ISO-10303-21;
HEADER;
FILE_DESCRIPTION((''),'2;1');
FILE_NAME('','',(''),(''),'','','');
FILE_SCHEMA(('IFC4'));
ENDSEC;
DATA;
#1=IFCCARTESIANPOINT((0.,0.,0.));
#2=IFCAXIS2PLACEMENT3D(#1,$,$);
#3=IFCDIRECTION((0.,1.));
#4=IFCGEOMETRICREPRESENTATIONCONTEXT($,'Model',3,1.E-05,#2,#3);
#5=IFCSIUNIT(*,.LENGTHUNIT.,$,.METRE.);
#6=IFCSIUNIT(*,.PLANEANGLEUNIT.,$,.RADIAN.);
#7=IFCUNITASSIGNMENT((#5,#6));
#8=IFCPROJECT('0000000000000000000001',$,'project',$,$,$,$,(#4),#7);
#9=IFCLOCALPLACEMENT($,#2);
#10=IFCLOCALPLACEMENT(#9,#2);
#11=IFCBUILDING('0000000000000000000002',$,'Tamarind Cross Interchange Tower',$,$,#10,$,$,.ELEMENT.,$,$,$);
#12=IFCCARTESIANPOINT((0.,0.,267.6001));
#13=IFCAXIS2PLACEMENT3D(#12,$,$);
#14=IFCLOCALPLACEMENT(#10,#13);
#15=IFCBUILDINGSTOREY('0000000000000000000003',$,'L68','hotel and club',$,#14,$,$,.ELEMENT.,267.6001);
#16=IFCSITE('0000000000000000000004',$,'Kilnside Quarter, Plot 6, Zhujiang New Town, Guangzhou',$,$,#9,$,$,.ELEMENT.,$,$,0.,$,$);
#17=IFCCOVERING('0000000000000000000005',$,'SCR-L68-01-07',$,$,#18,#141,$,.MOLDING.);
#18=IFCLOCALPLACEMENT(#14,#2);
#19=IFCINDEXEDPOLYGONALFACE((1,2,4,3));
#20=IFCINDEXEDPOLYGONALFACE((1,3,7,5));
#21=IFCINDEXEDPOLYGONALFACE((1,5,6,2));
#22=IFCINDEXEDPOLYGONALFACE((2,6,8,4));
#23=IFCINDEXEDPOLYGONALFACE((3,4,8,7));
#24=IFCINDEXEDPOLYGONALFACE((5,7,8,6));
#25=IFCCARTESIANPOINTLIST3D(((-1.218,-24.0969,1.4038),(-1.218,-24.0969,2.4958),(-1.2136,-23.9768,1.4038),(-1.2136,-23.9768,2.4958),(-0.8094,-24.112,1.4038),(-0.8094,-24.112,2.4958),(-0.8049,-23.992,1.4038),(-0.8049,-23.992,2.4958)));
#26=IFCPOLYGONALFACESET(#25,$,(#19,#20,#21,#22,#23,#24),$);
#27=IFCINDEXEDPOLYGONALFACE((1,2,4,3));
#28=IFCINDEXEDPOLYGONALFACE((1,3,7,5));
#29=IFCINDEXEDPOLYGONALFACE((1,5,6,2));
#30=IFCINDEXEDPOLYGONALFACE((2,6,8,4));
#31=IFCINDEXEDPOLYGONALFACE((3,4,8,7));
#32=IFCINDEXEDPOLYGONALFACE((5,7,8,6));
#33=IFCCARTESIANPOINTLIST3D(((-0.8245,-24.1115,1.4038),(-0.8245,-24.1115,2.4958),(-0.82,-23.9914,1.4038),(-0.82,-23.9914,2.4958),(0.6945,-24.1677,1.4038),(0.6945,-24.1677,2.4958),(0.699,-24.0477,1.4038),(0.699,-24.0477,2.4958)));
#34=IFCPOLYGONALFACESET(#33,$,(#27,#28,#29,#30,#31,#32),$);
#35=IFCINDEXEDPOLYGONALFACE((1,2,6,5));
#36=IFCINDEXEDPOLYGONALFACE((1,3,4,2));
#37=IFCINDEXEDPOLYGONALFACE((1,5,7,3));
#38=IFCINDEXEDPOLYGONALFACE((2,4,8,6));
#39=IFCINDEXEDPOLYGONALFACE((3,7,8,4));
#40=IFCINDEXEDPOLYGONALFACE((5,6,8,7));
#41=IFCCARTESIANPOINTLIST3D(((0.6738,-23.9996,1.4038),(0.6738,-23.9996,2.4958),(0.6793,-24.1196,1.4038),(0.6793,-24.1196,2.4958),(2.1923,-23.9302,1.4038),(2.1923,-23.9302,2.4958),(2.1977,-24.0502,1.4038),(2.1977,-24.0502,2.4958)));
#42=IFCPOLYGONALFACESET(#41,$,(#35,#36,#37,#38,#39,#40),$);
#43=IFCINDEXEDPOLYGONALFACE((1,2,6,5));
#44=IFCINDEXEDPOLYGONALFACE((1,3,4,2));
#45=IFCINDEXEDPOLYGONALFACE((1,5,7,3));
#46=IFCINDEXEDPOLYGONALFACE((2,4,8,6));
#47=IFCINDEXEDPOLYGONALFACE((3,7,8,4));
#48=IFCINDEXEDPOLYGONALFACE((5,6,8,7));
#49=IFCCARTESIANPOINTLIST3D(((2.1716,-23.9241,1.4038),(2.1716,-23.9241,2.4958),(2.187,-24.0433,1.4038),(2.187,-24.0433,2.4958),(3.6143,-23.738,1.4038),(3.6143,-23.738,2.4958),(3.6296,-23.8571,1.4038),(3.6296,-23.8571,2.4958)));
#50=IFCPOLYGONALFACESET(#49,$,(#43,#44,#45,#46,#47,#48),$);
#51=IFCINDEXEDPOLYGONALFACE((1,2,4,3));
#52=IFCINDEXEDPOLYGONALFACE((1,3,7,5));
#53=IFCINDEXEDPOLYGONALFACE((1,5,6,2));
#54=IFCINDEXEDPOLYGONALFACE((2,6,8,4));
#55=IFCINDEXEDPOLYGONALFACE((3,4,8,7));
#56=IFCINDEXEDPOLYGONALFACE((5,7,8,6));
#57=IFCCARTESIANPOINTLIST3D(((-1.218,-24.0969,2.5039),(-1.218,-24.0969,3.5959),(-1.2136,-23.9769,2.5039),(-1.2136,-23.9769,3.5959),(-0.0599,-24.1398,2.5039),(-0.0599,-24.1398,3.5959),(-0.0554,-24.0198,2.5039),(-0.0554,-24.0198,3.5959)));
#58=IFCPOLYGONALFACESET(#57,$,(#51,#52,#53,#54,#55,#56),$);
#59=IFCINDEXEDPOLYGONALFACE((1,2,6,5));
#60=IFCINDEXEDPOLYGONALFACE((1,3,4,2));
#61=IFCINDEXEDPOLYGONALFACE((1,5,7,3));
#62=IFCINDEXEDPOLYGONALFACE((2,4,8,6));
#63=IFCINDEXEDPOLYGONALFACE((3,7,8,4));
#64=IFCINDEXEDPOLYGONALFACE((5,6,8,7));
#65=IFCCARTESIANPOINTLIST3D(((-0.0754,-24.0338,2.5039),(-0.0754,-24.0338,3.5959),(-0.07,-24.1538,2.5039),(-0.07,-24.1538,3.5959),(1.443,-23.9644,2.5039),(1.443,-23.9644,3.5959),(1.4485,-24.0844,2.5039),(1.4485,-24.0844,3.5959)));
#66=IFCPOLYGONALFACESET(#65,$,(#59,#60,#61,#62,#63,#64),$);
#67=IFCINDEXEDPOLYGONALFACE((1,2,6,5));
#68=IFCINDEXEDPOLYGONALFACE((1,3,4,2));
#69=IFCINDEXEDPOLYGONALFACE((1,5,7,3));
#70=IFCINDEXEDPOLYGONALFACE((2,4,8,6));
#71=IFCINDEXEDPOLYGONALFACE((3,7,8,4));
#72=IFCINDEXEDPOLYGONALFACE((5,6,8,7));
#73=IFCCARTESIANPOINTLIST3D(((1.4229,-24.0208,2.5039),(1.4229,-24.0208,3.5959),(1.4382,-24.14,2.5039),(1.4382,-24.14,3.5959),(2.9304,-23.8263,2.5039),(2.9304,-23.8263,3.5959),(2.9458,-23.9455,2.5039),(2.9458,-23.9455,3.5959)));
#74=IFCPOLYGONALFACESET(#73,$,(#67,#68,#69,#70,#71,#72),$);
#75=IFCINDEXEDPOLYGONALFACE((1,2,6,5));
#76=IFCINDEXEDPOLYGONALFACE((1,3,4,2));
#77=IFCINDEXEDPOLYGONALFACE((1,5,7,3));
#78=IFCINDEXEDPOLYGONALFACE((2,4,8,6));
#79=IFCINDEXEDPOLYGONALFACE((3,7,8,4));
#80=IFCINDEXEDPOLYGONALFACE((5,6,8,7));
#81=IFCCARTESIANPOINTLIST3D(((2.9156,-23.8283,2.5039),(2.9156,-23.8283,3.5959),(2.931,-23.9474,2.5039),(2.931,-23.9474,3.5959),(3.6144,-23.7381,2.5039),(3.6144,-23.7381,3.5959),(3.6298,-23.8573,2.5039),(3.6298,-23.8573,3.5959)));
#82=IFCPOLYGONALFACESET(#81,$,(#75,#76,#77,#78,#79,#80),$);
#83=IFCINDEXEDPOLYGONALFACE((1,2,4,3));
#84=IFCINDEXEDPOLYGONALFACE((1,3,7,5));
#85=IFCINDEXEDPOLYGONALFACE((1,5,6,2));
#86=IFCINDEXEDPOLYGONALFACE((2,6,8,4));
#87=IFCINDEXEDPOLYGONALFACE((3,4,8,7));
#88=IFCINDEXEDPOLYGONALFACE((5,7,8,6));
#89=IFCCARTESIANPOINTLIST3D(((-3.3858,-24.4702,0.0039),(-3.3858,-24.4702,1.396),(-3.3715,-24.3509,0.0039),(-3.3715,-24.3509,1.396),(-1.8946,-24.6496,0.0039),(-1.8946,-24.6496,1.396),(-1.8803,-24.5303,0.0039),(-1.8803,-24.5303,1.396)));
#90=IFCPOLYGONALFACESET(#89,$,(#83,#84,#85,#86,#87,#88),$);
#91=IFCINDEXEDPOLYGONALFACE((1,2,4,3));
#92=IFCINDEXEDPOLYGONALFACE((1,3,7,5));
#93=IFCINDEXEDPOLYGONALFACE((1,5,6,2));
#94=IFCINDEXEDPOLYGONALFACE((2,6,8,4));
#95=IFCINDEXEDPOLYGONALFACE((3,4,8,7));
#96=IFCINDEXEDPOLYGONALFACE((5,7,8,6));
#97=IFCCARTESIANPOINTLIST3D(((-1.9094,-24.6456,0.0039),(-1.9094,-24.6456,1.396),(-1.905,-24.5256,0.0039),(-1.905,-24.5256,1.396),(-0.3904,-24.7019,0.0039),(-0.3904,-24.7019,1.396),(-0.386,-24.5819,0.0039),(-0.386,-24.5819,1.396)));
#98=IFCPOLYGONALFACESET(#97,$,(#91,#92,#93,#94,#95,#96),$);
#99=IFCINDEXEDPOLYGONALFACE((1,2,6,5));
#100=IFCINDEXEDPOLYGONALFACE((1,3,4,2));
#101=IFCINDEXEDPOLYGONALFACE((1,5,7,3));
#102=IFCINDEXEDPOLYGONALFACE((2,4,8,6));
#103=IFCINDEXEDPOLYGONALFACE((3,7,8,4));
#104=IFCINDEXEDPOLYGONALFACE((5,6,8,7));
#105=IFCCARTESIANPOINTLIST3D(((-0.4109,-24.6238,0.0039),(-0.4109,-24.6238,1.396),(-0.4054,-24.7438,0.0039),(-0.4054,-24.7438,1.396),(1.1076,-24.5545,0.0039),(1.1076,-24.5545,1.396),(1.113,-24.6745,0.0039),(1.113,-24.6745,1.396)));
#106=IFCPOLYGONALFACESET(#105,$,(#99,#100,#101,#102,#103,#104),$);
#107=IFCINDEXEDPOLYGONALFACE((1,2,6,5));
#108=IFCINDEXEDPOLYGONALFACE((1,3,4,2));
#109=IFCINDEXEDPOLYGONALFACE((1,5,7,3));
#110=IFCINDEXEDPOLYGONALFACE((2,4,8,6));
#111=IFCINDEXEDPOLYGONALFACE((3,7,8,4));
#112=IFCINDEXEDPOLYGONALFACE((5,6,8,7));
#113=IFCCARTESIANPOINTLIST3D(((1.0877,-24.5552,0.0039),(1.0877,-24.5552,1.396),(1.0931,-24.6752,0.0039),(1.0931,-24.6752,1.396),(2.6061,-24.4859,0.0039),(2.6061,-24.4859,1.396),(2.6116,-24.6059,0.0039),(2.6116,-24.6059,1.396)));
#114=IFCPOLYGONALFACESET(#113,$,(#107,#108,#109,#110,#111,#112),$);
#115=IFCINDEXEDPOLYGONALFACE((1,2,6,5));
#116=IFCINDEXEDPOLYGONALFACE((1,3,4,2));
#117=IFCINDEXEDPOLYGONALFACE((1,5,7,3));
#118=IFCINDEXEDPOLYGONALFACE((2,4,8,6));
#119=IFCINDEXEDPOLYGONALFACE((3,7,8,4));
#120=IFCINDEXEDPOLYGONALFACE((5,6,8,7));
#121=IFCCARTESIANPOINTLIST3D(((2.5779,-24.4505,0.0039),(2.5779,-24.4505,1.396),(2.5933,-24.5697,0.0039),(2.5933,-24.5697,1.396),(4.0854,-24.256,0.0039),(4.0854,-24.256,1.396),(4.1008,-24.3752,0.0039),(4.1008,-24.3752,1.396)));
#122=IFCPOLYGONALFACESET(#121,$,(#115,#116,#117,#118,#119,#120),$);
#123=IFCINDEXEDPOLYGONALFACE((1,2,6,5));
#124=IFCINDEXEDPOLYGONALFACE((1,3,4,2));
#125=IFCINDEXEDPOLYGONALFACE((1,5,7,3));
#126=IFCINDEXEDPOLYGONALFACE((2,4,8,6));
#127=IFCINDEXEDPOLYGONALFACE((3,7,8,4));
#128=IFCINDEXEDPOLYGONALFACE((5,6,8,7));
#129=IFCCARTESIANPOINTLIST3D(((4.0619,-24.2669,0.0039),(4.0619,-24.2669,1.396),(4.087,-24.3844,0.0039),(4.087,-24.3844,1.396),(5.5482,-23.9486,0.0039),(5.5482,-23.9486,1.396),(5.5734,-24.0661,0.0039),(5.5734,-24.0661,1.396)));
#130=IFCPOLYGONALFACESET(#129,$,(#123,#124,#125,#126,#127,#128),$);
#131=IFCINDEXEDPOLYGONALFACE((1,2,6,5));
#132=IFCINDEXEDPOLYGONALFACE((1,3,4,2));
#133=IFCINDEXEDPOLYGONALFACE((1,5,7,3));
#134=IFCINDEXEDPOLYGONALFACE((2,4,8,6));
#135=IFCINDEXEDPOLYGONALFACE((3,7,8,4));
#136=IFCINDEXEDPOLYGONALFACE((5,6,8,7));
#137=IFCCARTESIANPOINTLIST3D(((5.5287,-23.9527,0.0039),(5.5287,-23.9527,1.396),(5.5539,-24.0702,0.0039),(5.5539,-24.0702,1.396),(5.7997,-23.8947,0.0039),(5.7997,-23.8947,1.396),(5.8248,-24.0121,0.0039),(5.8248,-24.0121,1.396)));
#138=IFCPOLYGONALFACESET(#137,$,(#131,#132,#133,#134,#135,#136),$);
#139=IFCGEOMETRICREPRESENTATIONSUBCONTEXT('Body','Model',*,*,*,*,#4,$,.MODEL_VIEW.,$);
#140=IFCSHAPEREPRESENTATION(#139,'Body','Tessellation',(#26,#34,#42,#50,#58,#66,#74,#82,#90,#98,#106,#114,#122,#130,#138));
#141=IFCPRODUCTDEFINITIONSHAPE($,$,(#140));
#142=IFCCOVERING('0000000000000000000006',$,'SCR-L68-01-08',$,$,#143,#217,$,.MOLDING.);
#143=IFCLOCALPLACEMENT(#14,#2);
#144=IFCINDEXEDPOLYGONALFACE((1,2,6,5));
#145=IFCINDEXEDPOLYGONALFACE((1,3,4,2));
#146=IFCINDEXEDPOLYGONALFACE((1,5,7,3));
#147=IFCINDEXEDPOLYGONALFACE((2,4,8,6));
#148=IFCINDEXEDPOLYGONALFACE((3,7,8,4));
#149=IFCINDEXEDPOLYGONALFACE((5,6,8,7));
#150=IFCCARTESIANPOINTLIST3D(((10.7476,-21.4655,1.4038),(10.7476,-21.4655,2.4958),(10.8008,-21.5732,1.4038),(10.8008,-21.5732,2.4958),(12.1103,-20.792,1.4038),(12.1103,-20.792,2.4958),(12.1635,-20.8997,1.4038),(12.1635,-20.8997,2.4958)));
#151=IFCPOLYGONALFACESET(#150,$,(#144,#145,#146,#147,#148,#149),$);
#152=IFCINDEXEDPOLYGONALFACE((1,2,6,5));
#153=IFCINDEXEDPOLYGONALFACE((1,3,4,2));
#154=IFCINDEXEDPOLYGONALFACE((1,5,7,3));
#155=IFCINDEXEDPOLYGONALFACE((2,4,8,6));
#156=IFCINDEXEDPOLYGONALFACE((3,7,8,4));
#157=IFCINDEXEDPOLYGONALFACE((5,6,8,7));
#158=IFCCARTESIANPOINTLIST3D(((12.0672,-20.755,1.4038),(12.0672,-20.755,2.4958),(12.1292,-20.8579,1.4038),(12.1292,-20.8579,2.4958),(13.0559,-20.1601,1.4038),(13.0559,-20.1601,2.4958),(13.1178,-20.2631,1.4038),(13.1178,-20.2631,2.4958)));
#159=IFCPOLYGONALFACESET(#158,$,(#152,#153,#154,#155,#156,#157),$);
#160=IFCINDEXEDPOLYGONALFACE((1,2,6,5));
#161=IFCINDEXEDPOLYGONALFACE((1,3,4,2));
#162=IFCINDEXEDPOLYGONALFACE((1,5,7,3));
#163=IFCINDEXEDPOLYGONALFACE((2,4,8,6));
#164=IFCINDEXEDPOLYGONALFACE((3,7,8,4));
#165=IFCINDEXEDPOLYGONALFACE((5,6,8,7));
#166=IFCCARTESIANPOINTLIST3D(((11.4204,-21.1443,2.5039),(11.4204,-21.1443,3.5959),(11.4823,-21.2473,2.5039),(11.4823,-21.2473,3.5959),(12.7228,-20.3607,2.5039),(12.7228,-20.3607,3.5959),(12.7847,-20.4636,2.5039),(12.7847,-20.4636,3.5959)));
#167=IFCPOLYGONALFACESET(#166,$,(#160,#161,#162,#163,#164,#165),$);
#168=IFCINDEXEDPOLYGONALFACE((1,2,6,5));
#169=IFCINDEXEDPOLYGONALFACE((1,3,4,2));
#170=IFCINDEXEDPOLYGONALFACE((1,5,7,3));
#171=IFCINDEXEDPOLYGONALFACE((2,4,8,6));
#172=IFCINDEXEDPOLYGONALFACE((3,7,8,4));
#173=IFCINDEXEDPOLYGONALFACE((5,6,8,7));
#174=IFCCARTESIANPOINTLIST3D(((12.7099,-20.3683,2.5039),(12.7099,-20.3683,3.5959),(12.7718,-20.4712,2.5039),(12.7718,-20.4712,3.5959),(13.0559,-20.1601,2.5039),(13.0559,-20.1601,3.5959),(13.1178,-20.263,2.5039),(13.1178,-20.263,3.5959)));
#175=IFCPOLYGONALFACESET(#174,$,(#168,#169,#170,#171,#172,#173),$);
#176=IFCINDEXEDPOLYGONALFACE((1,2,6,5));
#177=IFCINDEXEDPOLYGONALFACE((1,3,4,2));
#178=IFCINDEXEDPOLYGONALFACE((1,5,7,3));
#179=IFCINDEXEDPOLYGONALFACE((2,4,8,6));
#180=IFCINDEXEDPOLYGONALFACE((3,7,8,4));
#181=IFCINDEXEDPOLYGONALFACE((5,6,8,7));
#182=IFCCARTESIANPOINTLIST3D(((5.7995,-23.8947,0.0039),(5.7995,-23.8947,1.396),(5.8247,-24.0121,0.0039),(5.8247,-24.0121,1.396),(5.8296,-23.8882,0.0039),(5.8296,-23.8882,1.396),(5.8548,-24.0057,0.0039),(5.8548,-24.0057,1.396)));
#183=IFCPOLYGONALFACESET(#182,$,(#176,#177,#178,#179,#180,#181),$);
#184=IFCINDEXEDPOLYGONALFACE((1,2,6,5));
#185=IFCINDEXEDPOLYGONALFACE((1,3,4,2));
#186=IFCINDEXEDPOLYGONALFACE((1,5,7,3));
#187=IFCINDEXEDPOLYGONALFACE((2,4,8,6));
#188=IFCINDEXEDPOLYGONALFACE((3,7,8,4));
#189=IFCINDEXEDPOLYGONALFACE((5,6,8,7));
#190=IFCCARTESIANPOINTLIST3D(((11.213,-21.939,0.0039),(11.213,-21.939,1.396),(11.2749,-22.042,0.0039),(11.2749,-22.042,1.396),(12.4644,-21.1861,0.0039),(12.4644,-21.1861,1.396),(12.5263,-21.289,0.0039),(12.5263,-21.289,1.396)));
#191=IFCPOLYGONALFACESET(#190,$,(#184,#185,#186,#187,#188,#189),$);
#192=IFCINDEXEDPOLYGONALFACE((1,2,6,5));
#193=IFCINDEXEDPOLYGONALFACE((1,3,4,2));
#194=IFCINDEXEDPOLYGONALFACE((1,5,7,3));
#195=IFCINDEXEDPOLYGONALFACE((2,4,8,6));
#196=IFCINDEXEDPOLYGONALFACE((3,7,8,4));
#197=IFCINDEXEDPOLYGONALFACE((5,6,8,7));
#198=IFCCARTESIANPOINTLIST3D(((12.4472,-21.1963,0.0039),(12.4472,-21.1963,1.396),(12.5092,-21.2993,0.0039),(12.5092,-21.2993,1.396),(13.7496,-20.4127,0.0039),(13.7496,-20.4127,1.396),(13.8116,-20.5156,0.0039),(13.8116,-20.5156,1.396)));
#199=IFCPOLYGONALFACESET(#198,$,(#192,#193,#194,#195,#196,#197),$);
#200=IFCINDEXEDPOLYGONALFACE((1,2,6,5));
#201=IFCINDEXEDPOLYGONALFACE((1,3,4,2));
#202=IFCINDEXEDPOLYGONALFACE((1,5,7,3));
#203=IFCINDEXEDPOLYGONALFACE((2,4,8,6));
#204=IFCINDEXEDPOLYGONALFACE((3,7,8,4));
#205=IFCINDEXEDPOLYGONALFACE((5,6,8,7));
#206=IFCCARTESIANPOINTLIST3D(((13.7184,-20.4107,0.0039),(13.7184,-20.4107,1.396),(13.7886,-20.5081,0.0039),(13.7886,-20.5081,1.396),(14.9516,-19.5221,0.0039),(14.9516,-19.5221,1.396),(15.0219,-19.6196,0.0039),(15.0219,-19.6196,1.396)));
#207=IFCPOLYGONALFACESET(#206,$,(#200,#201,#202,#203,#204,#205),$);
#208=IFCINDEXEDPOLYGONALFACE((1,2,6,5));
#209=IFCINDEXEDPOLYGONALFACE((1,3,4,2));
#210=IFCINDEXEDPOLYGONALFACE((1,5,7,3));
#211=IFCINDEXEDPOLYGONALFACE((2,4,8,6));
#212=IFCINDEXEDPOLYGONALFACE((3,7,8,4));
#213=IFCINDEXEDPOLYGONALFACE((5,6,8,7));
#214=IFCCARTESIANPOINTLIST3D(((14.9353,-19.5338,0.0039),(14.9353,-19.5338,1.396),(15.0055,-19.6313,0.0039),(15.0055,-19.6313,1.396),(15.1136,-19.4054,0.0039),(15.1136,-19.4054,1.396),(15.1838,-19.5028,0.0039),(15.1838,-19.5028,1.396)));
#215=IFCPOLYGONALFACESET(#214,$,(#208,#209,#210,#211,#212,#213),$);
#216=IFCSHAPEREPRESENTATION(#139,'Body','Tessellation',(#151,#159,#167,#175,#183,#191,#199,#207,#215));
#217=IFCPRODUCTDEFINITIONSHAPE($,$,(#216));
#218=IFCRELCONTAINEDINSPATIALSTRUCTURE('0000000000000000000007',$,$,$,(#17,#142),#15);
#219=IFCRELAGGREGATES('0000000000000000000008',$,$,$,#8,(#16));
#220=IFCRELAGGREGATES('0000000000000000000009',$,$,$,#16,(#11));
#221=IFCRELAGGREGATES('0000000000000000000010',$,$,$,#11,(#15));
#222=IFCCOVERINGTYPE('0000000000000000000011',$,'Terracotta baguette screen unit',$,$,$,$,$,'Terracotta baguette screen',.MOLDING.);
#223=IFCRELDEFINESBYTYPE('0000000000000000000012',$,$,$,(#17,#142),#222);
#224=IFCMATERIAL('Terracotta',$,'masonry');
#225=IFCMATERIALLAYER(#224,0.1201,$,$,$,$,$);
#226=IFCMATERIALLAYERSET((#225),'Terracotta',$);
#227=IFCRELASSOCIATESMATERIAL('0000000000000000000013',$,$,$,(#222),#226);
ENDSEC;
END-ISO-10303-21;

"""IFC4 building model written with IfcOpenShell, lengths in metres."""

from ifc_helpers import new_model, si_unit, direction, frame, origin, origin_2d, place, context, subcontext, project, spatial, rectangle, extrude, material, layer, layer_set, type_object, element, save


model = new_model("IFC4")

# Units and contexts
model_context = context("Model", 3, precision=1e-05, world=origin(), true_north=direction((0.0, 1.0)))
body_context = subcontext(model_context, "Body", "Model", "MODEL_VIEW")
ifc_project = project(units=[si_unit("LENGTHUNIT", "METRE"), si_unit("PLANEANGLEUNIT", "RADIAN")], contexts=[model_context])

# Site, building, storey
site_placement = place(None, origin())
site = spatial("IfcSite", under=ifc_project, at=site_placement, Name="Kilnside Quarter, Plot 6, Zhujiang New Town, Guangzhou", CompositionType="ELEMENT", RefElevation=0.0)
building_placement = place(site_placement, origin())
building = spatial("IfcBuilding", under=site, at=building_placement, Name="Tamarind Cross Interchange Tower", CompositionType="ELEMENT")
storey_placement = place(building_placement, frame((0.0, 0.0, 267.6001)))
storey = spatial("IfcBuildingStorey", under=building, at=storey_placement, Name="L68", Description="hotel and club", CompositionType="ELEMENT", Elevation=267.6001)

# Coverings
ifc_material_1 = material(Name="Terracotta", Category="masonry")
ifc_layer_1 = layer(ifc_material_1, 0.1201)
ifc_layer_set_1 = layer_set([ifc_layer_1], Name="Terracotta")
covering_type = type_object("IfcCoveringType", Name="Terracotta baguette screen unit", ElementType="Terracotta baguette screen", PredefinedType="MOLDING", material=ifc_layer_set_1)
covering_1_placement = place(storey_placement, origin())
element("IfcCovering", 1, at=covering_1_placement, inside=storey, type_object=covering_type, Name="SCR-L68-01-07", PredefinedType="MOLDING", context=body_context, shape_type="SweptSolid", body=[
    extrude(rectangle(XDim=0.4089, YDim=0.1201, at=origin_2d()), frame((-1.0115, -24.0444, 1.4038), z_axis=(0.0, 0.0, 1.0), x_axis=(0.999314, -0.037025, 0.0)), (0.0, 0.0, 1.0), 1.092),
    extrude(rectangle(XDim=1.52, YDim=0.1201, at=origin_2d()), frame((-0.0627, -24.0796, 1.4038), z_axis=(0.0, 0.0, 1.0), x_axis=(0.999314, -0.037025, 0.0)), (0.0, 0.0, 1.0), 1.092),
    extrude(rectangle(XDim=1.52, YDim=0.1201, at=origin_2d()), frame((1.4358, -24.0249, 1.4038), z_axis=(0.0, 0.0, 1.0), x_axis=(0.998959, 0.045624, 0.0)), (0.0, 0.0, 1.0), 1.092),
    extrude(rectangle(XDim=1.4546, YDim=0.1201, at=origin_2d()), frame((2.9006, -23.8906, 1.4038), z_axis=(0.0, 0.0, 1.0), x_axis=(0.991779, 0.127962, 0.0)), (0.0, 0.0, 1.0), 1.092),
    extrude(rectangle(XDim=1.1589, YDim=0.1201, at=origin_2d()), frame((-0.6367, -24.0583, 2.5039), z_axis=(0.0, 0.0, 1.0), x_axis=(0.999314, -0.037025, 0.0)), (0.0, 0.0, 1.0), 1.092),
    extrude(rectangle(XDim=1.52, YDim=0.1201, at=origin_2d()), frame((0.6865, -24.0591, 2.5039), z_axis=(0.0, 0.0, 1.0), x_axis=(0.998959, 0.045624, 0.0)), (0.0, 0.0, 1.0), 1.092),
    extrude(rectangle(XDim=1.52, YDim=0.1201, at=origin_2d()), frame((2.1843, -23.9832, 2.5039), z_axis=(0.0, 0.0, 1.0), x_axis=(0.991779, 0.127962, 0.0)), (0.0, 0.0, 1.0), 1.092),
    extrude(rectangle(XDim=0.7046, YDim=0.1201, at=origin_2d()), frame((3.2727, -23.8428, 2.5039), z_axis=(0.0, 0.0, 1.0), x_axis=(0.991779, 0.127962, 0.0)), (0.0, 0.0, 1.0), 1.092),
    extrude(rectangle(XDim=1.502, YDim=0.1201, at=origin_2d()), frame((-2.6331, -24.5002, 0.0039), z_axis=(0.0, 0.0, 1.0), x_axis=(0.992844, -0.119421, 0.0)), (0.0, 0.0, 1.0), 1.3921),
    extrude(rectangle(XDim=1.52, YDim=0.1201, at=origin_2d()), frame((-1.1477, -24.6138, 0.0039), z_axis=(0.0, 0.0, 1.0), x_axis=(0.999314, -0.037025, 0.0)), (0.0, 0.0, 1.0), 1.3921),
    extrude(rectangle(XDim=1.52, YDim=0.1201, at=origin_2d()), frame((0.3511, -24.6492, 0.0039), z_axis=(0.0, 0.0, 1.0), x_axis=(0.998959, 0.045624, 0.0)), (0.0, 0.0, 1.0), 1.3921),
    extrude(rectangle(XDim=1.52, YDim=0.1201, at=origin_2d()), frame((1.8496, -24.5806, 0.0039), z_axis=(0.0, 0.0, 1.0), x_axis=(0.998959, 0.045624, 0.0)), (0.0, 0.0, 1.0), 1.3921),
    extrude(rectangle(XDim=1.52, YDim=0.1201, at=origin_2d()), frame((3.3394, -24.4128, 0.0039), z_axis=(0.0, 0.0, 1.0), x_axis=(0.991779, 0.127962, 0.0)), (0.0, 0.0, 1.0), 1.3921),
    extrude(rectangle(XDim=1.52, YDim=0.1201, at=origin_2d()), frame((4.8176, -24.1665, 0.0039), z_axis=(0.0, 0.0, 1.0), x_axis=(0.977825, 0.209425, 0.0)), (0.0, 0.0, 1.0), 1.3921),
    extrude(rectangle(XDim=0.2771, YDim=0.1201, at=origin_2d()), frame((5.6768, -23.9824, 0.0039), z_axis=(0.0, 0.0, 1.0), x_axis=(0.977825, 0.209425, 0.0)), (0.0, 0.0, 1.0), 1.3921),
])
covering_2_placement = place(storey_placement, origin())
element("IfcCovering", 2, at=covering_2_placement, inside=storey, type_object=covering_type, Name="SCR-L68-01-08", PredefinedType="MOLDING", context=body_context, shape_type="SweptSolid", body=[
    extrude(rectangle(XDim=1.52, YDim=0.1201, at=origin_2d()), frame((11.4556, -21.1826, 1.4038), z_axis=(0.0, 0.0, 1.0), x_axis=(0.896493, 0.443059, 0.0)), (0.0, 0.0, 1.0), 1.092),
    extrude(rectangle(XDim=1.1538, YDim=0.1201, at=origin_2d()), frame((12.5925, -20.509, 1.4038), z_axis=(0.0, 0.0, 1.0), x_axis=(0.856843, 0.515577, 0.0)), (0.0, 0.0, 1.0), 1.092),
    extrude(rectangle(XDim=1.52, YDim=0.1201, at=origin_2d()), frame((12.1025, -20.804, 2.5039), z_axis=(0.0, 0.0, 1.0), x_axis=(0.856843, 0.515577, 0.0)), (0.0, 0.0, 1.0), 1.092),
    extrude(rectangle(XDim=0.4038, YDim=0.1201, at=origin_2d()), frame((12.9138, -20.3157, 2.5039), z_axis=(0.0, 0.0, 1.0), x_axis=(0.856843, 0.515577, 0.0)), (0.0, 0.0, 1.0), 1.092),
    extrude(rectangle(XDim=0.0308, YDim=0.1201, at=origin_2d()), frame((5.8271, -23.9502, 0.0039), z_axis=(0.0, 0.0, 1.0), x_axis=(0.977825, 0.209425, 0.0)), (0.0, 0.0, 1.0), 1.3921),
    extrude(rectangle(XDim=1.4604, YDim=0.1201, at=origin_2d()), frame((11.8696, -21.614, 0.0039), z_axis=(0.0, 0.0, 1.0), x_axis=(0.856843, 0.515577, 0.0)), (0.0, 0.0, 1.0), 1.3921),
    extrude(rectangle(XDim=1.52, YDim=0.1201, at=origin_2d()), frame((13.1294, -20.856, 0.0039), z_axis=(0.0, 0.0, 1.0), x_axis=(0.856843, 0.515577, 0.0)), (0.0, 0.0, 1.0), 1.3921),
    extrude(rectangle(XDim=1.52, YDim=0.1201, at=origin_2d()), frame((14.3701, -20.0151, 0.0039), z_axis=(0.0, 0.0, 1.0), x_axis=(0.81134, 0.584574, 0.0)), (0.0, 0.0, 1.0), 1.3921),
    extrude(rectangle(XDim=0.2197, YDim=0.1201, at=origin_2d()), frame((15.0596, -19.5183, 0.0039), z_axis=(0.0, 0.0, 1.0), x_axis=(0.81134, 0.584574, 0.0)), (0.0, 0.0, 1.0), 1.3921),
])

save(model, "model.ifc")
